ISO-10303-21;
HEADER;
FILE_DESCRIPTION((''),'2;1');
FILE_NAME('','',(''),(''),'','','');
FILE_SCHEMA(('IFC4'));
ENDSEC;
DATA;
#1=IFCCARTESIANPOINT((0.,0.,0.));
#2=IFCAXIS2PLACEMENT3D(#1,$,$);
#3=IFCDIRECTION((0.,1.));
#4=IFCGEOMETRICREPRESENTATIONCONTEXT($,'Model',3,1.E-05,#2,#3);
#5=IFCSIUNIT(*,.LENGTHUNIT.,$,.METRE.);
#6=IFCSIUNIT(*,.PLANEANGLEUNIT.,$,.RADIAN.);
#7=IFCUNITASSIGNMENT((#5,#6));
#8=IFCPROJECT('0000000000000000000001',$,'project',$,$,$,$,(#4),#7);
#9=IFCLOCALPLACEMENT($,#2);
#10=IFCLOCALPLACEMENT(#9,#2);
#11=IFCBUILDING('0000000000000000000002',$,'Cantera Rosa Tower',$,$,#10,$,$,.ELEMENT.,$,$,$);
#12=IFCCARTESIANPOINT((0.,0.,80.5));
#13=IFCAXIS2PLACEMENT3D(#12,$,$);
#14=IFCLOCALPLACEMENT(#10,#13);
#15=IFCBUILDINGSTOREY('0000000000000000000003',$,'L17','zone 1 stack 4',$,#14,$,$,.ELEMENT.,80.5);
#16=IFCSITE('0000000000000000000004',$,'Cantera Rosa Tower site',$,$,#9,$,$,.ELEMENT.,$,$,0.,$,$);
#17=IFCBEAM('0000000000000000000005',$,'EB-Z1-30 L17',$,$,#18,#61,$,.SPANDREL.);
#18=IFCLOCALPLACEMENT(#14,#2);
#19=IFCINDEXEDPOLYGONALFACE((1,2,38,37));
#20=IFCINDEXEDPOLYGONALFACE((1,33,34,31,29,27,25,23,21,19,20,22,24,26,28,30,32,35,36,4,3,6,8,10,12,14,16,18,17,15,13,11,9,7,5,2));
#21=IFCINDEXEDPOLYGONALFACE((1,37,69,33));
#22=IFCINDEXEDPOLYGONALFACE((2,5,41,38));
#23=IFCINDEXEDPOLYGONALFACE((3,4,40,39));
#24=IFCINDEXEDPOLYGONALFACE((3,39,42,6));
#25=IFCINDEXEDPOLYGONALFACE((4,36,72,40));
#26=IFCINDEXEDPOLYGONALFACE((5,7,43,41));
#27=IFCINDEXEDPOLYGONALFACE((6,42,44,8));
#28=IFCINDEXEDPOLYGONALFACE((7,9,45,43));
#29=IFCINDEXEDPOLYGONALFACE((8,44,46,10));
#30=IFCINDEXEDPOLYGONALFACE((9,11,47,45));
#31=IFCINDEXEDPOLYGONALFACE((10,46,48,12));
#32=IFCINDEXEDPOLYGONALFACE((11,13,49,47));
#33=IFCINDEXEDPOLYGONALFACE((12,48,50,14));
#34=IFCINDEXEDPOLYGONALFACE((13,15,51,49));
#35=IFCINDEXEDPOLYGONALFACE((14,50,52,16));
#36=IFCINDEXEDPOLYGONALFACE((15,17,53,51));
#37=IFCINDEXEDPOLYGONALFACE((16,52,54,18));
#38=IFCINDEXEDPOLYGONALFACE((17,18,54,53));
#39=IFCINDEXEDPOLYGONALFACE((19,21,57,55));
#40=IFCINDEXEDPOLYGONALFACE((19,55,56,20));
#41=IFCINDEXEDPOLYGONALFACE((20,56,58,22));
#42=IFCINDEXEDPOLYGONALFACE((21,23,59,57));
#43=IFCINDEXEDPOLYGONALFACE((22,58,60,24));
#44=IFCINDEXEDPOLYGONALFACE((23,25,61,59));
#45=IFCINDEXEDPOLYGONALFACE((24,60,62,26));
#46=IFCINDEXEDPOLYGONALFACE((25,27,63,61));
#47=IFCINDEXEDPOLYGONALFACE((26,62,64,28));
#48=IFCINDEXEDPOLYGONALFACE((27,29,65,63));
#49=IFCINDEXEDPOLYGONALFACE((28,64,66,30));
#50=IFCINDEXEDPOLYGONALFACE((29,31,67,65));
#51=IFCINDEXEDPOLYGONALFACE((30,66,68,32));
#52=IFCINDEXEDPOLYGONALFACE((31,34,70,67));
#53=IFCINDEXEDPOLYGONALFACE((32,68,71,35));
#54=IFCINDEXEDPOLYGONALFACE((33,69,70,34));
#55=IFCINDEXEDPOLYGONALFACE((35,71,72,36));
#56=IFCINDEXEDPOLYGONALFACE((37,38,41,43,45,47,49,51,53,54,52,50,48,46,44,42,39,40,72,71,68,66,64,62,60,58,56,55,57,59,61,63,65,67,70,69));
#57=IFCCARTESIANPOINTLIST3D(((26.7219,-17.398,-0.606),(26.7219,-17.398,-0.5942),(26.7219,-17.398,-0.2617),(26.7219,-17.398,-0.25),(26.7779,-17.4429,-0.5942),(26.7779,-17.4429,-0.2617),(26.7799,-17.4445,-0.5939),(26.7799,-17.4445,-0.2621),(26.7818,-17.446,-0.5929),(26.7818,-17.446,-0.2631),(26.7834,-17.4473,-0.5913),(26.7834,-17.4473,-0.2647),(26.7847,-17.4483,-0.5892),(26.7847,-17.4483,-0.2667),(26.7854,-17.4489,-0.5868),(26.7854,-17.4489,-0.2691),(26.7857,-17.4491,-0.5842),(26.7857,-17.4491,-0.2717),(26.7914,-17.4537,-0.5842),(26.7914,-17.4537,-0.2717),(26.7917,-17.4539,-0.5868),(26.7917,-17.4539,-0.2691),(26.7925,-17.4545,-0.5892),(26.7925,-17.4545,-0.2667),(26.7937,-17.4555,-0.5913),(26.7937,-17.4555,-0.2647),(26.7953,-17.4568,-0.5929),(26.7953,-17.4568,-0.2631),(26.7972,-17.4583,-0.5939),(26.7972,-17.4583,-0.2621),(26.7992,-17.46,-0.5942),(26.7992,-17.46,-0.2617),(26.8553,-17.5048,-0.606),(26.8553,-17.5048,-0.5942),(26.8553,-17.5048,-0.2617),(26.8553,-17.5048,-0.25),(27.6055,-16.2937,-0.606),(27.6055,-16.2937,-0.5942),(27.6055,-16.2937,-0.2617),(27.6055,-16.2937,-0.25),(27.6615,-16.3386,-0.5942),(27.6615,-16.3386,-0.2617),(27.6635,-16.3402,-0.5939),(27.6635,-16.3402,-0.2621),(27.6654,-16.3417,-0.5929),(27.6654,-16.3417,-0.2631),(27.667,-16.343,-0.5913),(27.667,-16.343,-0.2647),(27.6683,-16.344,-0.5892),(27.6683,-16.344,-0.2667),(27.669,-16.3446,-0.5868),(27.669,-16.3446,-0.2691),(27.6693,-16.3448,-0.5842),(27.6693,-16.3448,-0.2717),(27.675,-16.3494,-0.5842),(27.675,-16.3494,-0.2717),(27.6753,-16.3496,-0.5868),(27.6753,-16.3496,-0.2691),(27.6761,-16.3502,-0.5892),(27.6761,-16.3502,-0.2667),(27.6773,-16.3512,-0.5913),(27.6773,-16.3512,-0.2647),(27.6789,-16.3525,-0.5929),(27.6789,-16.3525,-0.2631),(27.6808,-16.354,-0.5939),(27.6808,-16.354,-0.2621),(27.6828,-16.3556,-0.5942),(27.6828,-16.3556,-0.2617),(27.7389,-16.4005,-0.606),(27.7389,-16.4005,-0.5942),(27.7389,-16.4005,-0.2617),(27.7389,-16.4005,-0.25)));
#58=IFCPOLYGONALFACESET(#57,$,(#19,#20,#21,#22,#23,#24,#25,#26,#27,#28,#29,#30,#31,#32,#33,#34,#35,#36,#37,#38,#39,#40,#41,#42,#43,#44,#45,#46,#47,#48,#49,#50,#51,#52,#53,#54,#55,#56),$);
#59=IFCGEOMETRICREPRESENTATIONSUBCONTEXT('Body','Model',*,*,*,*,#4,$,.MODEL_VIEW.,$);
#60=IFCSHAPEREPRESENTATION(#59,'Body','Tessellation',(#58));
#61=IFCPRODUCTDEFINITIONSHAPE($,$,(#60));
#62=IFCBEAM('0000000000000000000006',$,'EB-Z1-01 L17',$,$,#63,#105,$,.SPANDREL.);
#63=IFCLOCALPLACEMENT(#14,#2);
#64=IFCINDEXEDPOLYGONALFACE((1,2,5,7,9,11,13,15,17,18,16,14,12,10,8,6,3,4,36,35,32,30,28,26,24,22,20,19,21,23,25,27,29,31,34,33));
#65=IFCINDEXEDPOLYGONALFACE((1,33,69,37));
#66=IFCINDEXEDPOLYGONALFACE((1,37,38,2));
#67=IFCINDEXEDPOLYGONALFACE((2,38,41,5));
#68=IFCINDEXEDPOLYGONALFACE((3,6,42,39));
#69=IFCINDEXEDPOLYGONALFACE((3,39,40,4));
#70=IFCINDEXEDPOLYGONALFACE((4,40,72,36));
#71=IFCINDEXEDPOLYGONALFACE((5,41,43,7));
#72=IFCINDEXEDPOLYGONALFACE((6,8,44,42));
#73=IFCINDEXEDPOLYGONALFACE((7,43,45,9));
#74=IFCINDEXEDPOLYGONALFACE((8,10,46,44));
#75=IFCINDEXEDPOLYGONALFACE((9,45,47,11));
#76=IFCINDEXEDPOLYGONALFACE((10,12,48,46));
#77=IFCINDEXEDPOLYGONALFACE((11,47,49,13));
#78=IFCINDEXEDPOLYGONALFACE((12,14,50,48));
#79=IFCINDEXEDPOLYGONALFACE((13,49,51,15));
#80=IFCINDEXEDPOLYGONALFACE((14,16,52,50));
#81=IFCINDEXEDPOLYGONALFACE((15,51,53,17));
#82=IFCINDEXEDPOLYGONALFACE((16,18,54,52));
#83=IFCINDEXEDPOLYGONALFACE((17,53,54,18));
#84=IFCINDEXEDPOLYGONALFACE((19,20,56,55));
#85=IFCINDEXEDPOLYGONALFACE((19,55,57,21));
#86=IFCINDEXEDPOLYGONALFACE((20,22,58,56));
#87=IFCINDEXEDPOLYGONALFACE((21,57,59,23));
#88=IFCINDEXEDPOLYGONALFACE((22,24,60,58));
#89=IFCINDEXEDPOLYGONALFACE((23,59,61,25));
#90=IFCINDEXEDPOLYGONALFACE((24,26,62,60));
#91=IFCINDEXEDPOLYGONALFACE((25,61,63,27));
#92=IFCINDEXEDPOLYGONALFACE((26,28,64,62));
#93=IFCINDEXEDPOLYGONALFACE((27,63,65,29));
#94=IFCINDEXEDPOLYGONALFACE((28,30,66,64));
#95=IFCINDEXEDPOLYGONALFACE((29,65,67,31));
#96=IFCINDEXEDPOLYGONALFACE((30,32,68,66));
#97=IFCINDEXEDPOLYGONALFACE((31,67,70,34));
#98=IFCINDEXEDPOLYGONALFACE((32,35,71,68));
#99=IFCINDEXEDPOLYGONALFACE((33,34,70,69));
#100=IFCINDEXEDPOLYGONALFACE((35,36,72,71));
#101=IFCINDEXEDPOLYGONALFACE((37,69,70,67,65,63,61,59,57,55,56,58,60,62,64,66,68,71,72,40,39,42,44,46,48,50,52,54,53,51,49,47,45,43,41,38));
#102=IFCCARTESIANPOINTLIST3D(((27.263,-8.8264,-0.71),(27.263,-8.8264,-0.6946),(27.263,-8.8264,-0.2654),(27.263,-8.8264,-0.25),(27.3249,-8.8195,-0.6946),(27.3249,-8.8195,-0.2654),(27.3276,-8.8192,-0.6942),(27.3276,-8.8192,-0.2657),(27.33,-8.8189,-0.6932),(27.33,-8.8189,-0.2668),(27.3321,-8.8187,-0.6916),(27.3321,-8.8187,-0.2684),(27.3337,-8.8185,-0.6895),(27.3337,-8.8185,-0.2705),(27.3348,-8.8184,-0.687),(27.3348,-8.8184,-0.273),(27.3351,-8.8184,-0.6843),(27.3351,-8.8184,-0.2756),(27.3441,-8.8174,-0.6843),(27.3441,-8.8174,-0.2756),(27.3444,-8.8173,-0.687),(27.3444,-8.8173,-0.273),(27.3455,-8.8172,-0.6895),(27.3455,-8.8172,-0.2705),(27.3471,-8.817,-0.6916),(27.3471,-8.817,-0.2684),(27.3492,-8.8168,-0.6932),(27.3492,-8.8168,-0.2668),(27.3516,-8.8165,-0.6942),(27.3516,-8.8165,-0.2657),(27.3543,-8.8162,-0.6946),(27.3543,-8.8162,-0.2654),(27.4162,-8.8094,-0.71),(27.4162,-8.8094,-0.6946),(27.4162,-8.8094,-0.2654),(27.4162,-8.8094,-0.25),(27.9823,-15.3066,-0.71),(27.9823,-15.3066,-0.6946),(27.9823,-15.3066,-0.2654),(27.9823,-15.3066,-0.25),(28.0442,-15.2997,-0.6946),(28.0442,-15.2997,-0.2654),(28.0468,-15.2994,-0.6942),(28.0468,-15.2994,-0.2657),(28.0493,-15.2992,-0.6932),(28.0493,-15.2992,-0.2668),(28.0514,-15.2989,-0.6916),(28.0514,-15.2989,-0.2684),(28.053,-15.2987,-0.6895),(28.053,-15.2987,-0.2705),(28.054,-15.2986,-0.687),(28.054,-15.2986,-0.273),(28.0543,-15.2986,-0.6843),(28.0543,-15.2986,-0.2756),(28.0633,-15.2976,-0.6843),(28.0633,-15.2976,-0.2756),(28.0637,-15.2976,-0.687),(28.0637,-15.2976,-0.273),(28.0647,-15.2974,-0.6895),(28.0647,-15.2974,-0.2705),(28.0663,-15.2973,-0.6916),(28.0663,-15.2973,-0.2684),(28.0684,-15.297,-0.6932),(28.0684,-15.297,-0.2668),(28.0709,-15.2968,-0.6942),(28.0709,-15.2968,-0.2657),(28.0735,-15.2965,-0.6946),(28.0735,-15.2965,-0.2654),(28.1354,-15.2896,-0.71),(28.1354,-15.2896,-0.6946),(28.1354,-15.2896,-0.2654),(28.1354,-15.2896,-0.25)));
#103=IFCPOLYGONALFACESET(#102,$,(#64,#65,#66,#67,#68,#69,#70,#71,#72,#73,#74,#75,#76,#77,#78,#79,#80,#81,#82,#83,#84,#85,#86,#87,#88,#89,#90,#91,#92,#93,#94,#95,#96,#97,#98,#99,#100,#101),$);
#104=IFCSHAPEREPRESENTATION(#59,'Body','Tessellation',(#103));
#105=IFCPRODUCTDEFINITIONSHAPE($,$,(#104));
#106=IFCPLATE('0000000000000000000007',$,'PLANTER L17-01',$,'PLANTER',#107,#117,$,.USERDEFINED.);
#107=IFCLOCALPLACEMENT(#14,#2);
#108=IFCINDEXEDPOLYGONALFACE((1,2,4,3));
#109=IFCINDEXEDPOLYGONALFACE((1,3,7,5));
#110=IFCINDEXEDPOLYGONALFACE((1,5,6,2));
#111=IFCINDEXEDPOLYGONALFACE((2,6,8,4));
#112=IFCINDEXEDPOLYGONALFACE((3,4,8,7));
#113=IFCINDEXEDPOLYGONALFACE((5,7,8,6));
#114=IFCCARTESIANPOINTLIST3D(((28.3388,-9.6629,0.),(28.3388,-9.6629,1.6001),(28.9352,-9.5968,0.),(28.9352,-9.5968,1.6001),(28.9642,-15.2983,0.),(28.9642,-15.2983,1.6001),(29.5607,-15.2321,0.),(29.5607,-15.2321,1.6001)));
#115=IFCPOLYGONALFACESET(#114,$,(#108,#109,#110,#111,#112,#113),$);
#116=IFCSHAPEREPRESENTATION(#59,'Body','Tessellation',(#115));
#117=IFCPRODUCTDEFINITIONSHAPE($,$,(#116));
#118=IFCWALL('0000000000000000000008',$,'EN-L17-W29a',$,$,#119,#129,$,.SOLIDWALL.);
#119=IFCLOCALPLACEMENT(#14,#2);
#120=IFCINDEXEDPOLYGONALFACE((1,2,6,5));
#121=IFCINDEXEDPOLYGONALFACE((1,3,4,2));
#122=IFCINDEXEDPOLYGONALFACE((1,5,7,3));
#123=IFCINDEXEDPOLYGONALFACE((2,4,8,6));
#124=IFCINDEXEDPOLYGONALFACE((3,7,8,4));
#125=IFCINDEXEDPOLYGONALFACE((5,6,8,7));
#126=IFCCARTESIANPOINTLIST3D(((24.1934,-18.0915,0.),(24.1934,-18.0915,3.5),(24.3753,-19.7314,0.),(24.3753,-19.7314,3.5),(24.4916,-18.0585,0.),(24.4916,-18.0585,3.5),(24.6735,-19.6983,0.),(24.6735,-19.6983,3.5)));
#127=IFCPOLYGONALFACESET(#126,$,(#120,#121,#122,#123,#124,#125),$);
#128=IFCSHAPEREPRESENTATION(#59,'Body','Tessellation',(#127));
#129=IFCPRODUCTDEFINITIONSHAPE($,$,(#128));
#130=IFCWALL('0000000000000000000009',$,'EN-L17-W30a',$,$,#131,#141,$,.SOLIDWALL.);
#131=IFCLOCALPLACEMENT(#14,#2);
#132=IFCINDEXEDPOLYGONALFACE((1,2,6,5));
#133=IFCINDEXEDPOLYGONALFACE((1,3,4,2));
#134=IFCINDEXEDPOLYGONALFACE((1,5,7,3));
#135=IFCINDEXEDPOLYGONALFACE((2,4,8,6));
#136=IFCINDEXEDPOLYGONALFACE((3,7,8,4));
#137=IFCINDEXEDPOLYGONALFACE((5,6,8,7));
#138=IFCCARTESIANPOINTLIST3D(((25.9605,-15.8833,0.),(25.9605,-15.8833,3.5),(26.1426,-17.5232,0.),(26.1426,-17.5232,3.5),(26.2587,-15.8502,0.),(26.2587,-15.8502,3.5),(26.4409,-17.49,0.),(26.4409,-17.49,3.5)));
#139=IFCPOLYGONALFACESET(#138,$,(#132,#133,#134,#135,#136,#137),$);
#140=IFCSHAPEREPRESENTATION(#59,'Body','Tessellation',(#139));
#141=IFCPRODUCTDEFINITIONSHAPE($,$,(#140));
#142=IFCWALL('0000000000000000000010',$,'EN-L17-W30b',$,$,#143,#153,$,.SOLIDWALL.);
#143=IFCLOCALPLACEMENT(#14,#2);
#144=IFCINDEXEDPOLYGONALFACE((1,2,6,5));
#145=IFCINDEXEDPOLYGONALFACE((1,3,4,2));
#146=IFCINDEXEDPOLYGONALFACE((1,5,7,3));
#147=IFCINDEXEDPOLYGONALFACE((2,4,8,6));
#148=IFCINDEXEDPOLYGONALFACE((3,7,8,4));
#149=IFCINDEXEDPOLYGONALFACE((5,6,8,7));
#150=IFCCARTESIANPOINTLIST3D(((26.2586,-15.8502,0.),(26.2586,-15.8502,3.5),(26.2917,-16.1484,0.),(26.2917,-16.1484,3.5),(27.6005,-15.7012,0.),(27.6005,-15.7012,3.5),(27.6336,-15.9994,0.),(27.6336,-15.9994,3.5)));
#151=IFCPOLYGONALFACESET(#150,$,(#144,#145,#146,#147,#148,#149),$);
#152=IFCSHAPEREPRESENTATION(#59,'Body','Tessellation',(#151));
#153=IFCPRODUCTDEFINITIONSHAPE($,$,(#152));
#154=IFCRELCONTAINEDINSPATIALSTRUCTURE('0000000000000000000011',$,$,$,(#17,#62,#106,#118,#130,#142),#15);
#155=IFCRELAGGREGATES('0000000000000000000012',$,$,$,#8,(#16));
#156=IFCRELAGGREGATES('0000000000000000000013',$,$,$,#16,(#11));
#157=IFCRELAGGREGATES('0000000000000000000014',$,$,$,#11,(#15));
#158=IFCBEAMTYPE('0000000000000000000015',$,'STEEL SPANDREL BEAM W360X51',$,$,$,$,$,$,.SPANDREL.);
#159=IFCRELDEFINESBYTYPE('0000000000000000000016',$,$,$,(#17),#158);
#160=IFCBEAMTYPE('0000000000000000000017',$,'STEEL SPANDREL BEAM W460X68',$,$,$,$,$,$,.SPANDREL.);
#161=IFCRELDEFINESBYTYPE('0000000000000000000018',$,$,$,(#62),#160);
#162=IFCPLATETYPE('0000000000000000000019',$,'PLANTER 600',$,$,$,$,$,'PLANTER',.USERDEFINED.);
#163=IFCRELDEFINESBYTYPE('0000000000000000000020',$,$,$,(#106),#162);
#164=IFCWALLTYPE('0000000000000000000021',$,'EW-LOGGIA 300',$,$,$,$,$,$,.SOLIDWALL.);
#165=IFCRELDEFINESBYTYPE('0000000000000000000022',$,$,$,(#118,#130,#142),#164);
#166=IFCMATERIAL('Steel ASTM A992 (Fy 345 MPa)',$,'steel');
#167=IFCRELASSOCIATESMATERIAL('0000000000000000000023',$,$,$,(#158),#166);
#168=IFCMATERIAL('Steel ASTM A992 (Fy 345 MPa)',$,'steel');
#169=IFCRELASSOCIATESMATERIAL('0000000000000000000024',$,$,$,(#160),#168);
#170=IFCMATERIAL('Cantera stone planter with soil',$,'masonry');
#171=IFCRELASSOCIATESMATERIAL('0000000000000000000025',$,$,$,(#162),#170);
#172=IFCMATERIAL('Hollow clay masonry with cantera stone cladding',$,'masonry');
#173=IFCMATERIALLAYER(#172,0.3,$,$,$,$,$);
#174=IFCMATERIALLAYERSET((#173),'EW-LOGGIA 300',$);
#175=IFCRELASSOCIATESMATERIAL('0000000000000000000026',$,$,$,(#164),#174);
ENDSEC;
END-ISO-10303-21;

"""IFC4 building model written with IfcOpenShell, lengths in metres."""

from ifc_helpers import new_model, si_unit, direction, frame, frame_2d, origin, origin_2d, place, context, subcontext, project, spatial, rectangle, i_section, extrude, material, layer, layer_set, material_profile, profile_set, type_object, element, save


model = new_model("IFC4")

# Units and contexts
model_context = context("Model", 3, precision=1e-05, world=origin(), true_north=direction((0.0, 1.0)))
body_context = subcontext(model_context, "Body", "Model", "MODEL_VIEW")
ifc_project = project(units=[si_unit("LENGTHUNIT", "METRE"), si_unit("PLANEANGLEUNIT", "RADIAN")], contexts=[model_context])

# Site, building, storey
site_placement = place(None, origin())
site = spatial("IfcSite", under=ifc_project, at=site_placement, Name="Cantera Rosa Tower site", CompositionType="ELEMENT", RefElevation=0.0)
building_placement = place(site_placement, origin())
building = spatial("IfcBuilding", under=site, at=building_placement, Name="Cantera Rosa Tower", CompositionType="ELEMENT")
storey_placement = place(building_placement, frame((0.0, 0.0, 80.5)))
storey = spatial("IfcBuildingStorey", under=building, at=storey_placement, Name="L17", Description="zone 1 stack 4", CompositionType="ELEMENT", Elevation=80.5)

# Beams
ifc_material_1 = material(Name="Steel ASTM A992 (Fy 345 MPa)", Category="steel")
ifc_material_profile_1 = material_profile(ifc_material_1, i_section(OverallWidth=0.1709, OverallDepth=0.356, WebThickness=0.0073, FlangeThickness=0.0117, FilletRadius=0.01, at=origin_2d()), Name="W360X51")
ifc_profile_set_1 = profile_set([ifc_material_profile_1], Name="Steel ASTM A992 (Fy 345 MPa)")
beam_type_1 = type_object("IfcBeamType", Name="STEEL SPANDREL BEAM W360X51", PredefinedType="SPANDREL", material=ifc_profile_set_1)
for number, where, z_axis, x_axis, name in (
    (1, (26.7886, -17.4514, -0.428), (0.624758, 0.780818, 0.0), (-0.780818, 0.624758, 0.0), "EB-Z1-30 L17"),
):
    element("IfcBeam", number, at=place(storey_placement, frame(where, z_axis=z_axis, x_axis=x_axis)), inside=storey, type_object=beam_type_1, Name=name, PredefinedType="SPANDREL", context=body_context, shape_type="SweptSolid", body=[
        extrude(i_section(OverallWidth=0.1709, OverallDepth=0.356, WebThickness=0.0073, FlangeThickness=0.0117, FilletRadius=0.01, at=origin_2d()), origin(), (0.0, 0.0, 1.0), 1.4143),
    ])
ifc_material_2 = material(Name="Steel ASTM A992 (Fy 345 MPa)", Category="steel")
ifc_material_profile_2 = material_profile(ifc_material_2, i_section(OverallWidth=0.1541, OverallDepth=0.46, WebThickness=0.009, FlangeThickness=0.0154, FilletRadius=0.0103, at=origin_2d()), Name="W460X68")
ifc_profile_set_2 = profile_set([ifc_material_profile_2], Name="Steel ASTM A992 (Fy 345 MPa)")
beam_type_2 = type_object("IfcBeamType", Name="STEEL SPANDREL BEAM W460X68", PredefinedType="SPANDREL", material=ifc_profile_set_2)
beam_1_placement = place(storey_placement, frame((28.0588, -15.2981, -0.48), z_axis=(-0.110312, 0.993897, 0.0), x_axis=(-0.993897, -0.110312, 0.0)))
element("IfcBeam", 2, at=beam_1_placement, inside=storey, type_object=beam_type_2, Name="EB-Z1-01 L17", PredefinedType="SPANDREL", context=body_context, shape_type="SweptSolid", body=[
    extrude(i_section(OverallWidth=0.1541, OverallDepth=0.46, WebThickness=0.009, FlangeThickness=0.0154, FilletRadius=0.0103, at=origin_2d()), origin(), (0.0, 0.0, 1.0), 6.52),
])

# Plate
ifc_material_3 = material(Name="Cantera stone planter with soil", Category="masonry")
plate_type = type_object("IfcPlateType", Name="PLANTER 600", ElementType="PLANTER", PredefinedType="USERDEFINED", material=ifc_material_3)
plate_placement = place(storey_placement, frame((28.9497, -12.4475, 0.0), z_axis=(0.0, 0.0, 1.0), x_axis=(-0.110313, 0.993897, 0.0)))
element("IfcPlate", 3, at=plate_placement, inside=storey, type_object=plate_type, Name="PLANTER L17-01", ObjectType="PLANTER", PredefinedType="USERDEFINED", context=body_context, shape_type="SweptSolid", body=[
    extrude(rectangle(XDim=5.6699, YDim=0.6001, at=origin_2d()), origin(), (0.0, 0.0, 1.0), 1.6001),
])

# Walls
ifc_material_4 = material(Name="Hollow clay masonry with cantera stone cladding", Category="masonry")
ifc_layer_1 = layer(ifc_material_4, 0.3)
ifc_layer_set_1 = layer_set([ifc_layer_1], Name="EW-LOGGIA 300")
wall_type_1 = type_object("IfcWallType", Name="EW-LOGGIA 300", PredefinedType="SOLIDWALL", material=ifc_layer_set_1)
for number, where, z_axis, x_axis, name in (
    (4, (24.5244, -19.7148, 0.0), (0.0, 0.0, 1.0), (-0.110237, 0.993905, 0.0), "EN-L17-W29a"),
    (5, (26.2917, -17.5066, 0.0), (0.0, 0.0, 1.0), (-0.110383, 0.993889, 0.0), "EN-L17-W30a"),
):
    element("IfcWall", number, at=place(storey_placement, frame(where, z_axis=z_axis, x_axis=x_axis)), inside=storey, type_object=wall_type_1, Name=name, PredefinedType="SOLIDWALL", context=body_context, shape_type="SweptSolid", body=[
        extrude(rectangle(XDim=1.6499, YDim=0.3, at=frame_2d((0.825, 0.0))), origin(), (0.0, 0.0, 1.0), 3.5),
    ])
wall_1_placement = place(storey_placement, frame((26.2751, -15.9993, 0.0), z_axis=(0.0, 0.0, 1.0), x_axis=(0.993897, 0.110312, 0.0)))
element("IfcWall", 6, at=wall_1_placement, inside=storey, type_object=wall_type_1, Name="EN-L17-W30b", PredefinedType="SOLIDWALL", context=body_context, shape_type="SweptSolid", body=[
    extrude(rectangle(XDim=1.3501, YDim=0.3, at=frame_2d((0.675, 0.0))), origin(), (0.0, 0.0, 1.0), 3.5),
])

save(model, "model.ifc")
